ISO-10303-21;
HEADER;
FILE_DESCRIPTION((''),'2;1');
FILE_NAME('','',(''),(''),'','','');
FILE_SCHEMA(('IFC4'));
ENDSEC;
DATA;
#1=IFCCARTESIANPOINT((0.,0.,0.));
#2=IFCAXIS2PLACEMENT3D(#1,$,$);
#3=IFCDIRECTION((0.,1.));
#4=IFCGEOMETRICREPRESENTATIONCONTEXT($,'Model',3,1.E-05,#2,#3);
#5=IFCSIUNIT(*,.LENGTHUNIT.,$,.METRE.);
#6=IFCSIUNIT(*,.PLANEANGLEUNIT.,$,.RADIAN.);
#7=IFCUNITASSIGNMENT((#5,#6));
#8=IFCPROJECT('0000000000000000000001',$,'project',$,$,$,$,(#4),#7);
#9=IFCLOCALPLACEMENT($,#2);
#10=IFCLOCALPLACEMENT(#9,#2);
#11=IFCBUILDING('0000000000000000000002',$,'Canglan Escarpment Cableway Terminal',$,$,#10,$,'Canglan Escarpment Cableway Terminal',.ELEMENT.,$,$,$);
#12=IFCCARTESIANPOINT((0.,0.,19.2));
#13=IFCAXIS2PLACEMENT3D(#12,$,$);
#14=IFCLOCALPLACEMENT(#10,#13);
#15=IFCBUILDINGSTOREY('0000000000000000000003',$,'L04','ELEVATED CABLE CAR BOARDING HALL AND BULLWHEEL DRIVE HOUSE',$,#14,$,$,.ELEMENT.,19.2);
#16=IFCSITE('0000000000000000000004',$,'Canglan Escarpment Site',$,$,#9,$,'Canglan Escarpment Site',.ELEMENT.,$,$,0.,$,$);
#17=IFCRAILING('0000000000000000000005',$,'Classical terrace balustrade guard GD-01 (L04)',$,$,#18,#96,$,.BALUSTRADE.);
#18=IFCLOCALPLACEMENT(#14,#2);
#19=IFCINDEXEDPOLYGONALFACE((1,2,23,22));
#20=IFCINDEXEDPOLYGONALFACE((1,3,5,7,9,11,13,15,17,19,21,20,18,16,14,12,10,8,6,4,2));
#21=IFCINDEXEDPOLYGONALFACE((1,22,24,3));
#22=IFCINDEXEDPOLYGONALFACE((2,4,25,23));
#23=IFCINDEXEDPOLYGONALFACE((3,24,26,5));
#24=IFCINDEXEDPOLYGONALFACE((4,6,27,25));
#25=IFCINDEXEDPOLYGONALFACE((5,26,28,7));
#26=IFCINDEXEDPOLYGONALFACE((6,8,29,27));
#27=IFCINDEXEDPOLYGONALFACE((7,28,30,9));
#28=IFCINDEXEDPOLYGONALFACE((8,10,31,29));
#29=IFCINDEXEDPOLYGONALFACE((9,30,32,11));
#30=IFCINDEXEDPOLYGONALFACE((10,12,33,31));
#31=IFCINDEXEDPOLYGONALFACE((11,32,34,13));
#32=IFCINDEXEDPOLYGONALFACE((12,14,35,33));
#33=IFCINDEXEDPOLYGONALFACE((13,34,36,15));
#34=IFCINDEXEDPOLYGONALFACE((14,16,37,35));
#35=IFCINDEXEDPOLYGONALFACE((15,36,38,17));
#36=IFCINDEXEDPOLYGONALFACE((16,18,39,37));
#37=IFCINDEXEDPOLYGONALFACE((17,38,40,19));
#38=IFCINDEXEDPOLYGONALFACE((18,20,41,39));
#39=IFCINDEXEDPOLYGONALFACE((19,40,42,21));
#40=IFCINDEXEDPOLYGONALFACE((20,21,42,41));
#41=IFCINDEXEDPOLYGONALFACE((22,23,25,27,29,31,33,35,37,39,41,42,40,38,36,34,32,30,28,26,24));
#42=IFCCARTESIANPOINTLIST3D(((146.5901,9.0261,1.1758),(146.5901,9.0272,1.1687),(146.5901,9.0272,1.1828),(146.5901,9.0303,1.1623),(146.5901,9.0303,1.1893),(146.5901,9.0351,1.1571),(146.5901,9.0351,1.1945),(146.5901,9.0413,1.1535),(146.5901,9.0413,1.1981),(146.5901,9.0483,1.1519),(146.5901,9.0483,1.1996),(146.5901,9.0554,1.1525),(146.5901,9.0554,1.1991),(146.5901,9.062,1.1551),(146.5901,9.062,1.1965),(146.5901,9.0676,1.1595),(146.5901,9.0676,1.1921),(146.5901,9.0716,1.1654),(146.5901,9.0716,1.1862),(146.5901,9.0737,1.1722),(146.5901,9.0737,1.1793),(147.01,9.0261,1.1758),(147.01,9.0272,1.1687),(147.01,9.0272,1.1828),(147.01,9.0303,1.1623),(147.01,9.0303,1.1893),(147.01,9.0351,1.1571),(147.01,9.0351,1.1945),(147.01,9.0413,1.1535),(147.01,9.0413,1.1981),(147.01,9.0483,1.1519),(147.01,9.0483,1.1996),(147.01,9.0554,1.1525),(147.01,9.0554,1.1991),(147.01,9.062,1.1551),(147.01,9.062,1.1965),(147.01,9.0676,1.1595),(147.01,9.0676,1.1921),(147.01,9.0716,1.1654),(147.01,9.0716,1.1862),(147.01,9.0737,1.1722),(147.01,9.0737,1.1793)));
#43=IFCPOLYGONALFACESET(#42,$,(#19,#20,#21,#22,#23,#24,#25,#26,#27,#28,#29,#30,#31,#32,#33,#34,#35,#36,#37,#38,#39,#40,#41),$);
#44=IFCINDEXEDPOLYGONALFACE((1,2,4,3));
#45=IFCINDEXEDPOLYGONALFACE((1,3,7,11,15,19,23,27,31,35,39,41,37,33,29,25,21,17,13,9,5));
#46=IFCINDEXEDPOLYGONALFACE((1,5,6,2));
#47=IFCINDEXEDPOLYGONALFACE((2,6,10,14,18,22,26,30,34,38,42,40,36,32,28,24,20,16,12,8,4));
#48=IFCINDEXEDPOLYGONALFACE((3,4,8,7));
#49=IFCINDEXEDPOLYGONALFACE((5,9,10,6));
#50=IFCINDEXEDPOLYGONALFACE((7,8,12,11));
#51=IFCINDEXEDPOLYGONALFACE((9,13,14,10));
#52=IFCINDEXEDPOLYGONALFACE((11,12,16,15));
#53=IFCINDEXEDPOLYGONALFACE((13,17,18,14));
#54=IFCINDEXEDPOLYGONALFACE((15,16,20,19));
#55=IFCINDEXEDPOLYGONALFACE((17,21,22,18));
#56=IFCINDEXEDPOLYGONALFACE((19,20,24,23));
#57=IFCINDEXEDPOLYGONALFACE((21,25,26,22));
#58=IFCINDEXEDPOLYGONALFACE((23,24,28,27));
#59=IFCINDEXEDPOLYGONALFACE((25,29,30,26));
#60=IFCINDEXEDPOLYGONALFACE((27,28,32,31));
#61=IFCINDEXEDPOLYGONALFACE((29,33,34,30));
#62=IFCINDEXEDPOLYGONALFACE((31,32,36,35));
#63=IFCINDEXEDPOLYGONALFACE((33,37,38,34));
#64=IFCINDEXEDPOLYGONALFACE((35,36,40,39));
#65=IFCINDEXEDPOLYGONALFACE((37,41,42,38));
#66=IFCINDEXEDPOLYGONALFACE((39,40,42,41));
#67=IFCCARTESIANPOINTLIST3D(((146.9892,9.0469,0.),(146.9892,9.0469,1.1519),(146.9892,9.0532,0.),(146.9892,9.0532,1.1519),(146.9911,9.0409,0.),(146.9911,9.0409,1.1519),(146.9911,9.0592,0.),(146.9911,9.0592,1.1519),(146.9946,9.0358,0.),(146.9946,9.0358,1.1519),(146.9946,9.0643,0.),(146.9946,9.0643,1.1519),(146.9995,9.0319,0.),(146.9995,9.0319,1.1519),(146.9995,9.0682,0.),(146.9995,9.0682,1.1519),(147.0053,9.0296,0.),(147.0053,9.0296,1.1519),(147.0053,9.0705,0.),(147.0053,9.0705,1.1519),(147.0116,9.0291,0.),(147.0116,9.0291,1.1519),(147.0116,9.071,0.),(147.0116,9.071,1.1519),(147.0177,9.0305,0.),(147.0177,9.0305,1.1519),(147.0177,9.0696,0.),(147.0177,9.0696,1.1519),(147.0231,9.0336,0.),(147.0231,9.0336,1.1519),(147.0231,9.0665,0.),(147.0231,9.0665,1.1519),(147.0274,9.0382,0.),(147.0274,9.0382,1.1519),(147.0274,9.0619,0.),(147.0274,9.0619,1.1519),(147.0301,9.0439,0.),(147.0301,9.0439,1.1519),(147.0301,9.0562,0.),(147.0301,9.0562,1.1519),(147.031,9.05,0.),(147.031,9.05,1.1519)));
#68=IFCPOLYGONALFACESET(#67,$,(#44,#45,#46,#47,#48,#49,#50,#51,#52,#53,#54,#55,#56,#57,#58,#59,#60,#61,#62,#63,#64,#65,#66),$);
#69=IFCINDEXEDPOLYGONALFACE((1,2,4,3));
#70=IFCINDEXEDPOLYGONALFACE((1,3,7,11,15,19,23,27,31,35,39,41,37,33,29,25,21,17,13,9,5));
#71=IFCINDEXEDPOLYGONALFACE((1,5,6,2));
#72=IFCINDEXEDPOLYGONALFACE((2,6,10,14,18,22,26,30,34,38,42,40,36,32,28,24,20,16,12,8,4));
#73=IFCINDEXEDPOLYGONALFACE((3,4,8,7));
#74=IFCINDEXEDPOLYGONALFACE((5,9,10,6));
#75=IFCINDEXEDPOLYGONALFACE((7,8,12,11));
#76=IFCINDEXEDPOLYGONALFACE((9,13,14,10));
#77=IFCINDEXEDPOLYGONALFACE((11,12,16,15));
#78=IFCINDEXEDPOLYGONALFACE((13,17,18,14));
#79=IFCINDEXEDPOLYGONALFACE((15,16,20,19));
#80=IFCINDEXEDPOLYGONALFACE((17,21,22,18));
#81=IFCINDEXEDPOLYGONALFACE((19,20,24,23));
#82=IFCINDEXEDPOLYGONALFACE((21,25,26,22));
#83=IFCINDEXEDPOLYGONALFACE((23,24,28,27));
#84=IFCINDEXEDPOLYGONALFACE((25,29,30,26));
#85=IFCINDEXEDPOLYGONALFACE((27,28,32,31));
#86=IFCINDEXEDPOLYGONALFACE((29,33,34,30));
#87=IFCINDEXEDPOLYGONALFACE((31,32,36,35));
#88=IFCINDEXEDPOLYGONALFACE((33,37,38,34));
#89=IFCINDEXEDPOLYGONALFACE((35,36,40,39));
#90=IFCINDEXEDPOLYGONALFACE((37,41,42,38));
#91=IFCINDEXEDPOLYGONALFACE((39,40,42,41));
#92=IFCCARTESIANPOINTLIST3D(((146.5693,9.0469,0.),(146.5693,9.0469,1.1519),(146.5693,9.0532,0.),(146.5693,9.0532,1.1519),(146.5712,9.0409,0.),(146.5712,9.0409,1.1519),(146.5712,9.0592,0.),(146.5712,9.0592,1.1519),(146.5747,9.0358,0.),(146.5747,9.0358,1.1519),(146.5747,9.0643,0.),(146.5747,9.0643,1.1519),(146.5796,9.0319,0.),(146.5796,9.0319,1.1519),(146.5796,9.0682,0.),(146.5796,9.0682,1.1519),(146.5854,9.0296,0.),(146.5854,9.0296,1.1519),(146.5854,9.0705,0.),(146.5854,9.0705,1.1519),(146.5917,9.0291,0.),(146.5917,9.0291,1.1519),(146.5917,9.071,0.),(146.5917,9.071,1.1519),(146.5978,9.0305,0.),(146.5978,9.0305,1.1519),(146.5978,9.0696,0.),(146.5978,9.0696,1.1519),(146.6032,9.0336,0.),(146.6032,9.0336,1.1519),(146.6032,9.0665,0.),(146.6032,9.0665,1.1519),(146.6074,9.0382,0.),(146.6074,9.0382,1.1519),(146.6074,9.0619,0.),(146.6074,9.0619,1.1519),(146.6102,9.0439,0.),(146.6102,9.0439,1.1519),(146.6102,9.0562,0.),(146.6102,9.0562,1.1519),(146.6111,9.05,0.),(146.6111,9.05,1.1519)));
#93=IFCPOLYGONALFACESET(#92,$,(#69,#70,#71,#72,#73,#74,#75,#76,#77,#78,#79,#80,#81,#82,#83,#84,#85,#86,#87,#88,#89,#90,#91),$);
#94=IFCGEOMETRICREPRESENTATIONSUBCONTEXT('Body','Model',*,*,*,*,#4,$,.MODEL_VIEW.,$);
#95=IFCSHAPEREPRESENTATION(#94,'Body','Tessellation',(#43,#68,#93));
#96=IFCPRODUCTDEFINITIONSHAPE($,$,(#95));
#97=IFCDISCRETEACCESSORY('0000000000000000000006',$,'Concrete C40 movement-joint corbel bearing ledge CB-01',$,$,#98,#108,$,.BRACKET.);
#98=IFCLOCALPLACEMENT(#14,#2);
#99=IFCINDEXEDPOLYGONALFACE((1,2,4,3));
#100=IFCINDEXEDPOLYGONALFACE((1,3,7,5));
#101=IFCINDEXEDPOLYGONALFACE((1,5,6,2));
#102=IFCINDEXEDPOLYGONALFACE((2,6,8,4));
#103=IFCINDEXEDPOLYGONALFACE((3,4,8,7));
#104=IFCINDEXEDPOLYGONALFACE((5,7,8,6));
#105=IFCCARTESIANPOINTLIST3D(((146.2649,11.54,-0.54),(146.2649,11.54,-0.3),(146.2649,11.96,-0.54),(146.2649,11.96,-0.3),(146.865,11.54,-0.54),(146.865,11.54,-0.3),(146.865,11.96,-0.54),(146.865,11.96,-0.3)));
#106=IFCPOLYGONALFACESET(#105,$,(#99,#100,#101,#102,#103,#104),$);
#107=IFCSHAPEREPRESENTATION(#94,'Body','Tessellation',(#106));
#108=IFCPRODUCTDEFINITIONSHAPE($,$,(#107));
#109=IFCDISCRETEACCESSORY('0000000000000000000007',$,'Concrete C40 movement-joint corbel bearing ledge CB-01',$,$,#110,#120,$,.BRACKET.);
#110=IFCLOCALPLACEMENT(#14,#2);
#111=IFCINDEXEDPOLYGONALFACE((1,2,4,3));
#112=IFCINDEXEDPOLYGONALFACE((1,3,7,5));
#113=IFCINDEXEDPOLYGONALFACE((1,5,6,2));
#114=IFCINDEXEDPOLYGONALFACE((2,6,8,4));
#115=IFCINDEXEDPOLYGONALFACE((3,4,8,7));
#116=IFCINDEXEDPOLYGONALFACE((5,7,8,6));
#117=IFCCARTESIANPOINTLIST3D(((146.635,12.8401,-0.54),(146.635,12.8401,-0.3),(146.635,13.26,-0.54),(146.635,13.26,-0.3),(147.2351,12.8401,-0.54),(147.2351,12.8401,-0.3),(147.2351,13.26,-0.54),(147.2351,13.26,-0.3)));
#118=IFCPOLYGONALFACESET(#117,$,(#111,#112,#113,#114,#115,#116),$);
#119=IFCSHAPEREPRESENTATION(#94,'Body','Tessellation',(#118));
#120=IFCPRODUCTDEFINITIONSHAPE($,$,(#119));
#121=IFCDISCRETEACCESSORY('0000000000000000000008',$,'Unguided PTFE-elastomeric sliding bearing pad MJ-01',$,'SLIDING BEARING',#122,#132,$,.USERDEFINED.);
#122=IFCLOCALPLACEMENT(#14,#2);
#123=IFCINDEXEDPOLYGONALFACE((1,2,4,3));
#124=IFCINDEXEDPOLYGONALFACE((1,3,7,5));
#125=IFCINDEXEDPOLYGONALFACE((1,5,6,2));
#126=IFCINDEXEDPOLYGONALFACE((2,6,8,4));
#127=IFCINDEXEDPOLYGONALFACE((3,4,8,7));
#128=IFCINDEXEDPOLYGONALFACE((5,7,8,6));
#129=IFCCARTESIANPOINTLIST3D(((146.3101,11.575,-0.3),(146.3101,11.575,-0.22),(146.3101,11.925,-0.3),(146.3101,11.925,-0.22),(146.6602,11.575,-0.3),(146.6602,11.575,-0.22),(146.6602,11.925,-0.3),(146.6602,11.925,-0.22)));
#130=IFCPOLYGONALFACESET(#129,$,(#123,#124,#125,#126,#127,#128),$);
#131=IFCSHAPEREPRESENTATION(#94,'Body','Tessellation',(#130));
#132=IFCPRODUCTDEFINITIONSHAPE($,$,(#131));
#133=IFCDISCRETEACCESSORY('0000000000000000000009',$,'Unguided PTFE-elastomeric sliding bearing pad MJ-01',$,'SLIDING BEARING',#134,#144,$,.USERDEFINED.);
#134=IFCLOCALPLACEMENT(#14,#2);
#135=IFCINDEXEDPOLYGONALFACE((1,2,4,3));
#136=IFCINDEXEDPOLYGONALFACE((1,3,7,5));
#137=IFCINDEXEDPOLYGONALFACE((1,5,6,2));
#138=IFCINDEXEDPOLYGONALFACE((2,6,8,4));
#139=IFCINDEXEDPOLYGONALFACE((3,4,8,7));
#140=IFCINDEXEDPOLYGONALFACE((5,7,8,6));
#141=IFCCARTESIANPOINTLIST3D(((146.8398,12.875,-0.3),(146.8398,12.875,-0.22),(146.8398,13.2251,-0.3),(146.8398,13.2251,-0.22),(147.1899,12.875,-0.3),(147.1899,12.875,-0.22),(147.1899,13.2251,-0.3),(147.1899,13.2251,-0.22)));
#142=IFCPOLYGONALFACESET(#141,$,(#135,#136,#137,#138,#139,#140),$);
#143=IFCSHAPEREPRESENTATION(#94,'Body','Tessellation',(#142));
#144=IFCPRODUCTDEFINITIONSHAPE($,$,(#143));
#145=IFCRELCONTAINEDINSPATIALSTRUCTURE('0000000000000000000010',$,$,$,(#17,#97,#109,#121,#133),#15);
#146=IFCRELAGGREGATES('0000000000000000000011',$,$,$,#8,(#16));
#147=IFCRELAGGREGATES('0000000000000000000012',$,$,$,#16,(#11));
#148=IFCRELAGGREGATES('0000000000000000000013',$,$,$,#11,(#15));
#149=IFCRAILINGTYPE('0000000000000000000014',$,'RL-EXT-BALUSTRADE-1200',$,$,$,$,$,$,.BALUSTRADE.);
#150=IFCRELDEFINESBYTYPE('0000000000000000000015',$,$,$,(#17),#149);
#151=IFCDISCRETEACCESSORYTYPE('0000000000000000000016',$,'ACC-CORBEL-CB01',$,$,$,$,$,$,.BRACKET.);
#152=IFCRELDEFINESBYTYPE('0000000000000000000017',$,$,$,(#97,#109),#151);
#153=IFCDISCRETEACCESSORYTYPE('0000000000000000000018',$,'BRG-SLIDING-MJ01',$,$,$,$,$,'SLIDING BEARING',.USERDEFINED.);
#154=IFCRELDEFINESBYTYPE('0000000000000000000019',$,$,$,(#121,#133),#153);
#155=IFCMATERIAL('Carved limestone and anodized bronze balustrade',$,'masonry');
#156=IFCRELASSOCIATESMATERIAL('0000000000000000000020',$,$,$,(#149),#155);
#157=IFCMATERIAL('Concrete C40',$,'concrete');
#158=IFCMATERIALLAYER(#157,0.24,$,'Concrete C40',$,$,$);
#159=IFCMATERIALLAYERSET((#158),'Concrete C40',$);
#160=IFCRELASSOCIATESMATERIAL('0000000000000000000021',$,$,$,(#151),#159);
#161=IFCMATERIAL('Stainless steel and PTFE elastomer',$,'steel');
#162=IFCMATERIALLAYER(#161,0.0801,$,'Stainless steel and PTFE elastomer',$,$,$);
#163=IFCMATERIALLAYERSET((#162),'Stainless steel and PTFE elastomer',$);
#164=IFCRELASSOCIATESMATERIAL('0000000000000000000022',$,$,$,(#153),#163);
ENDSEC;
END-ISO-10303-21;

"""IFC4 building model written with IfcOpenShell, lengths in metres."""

from ifc_helpers import new_model, si_unit, direction, frame, origin, origin_2d, place, context, subcontext, project, spatial, rectangle, circle, extrude, material, layer, layer_set, type_object, element, save


model = new_model("IFC4")

# Units and contexts
model_context = context("Model", 3, precision=1e-05, world=origin(), true_north=direction((0.0, 1.0)))
body_context = subcontext(model_context, "Body", "Model", "MODEL_VIEW")
ifc_project = project(units=[si_unit("LENGTHUNIT", "METRE"), si_unit("PLANEANGLEUNIT", "RADIAN")], contexts=[model_context])

# Site, building, storey
site_placement = place(None, origin())
site = spatial("IfcSite", under=ifc_project, at=site_placement, Name="Canglan Escarpment Site", LongName="Canglan Escarpment Site", CompositionType="ELEMENT", RefElevation=0.0)
building_placement = place(site_placement, origin())
building = spatial("IfcBuilding", under=site, at=building_placement, Name="Canglan Escarpment Cableway Terminal", LongName="Canglan Escarpment Cableway Terminal", CompositionType="ELEMENT")
storey_placement = place(building_placement, frame((0.0, 0.0, 19.2)))
storey = spatial("IfcBuildingStorey", under=building, at=storey_placement, Name="L04", Description="ELEVATED CABLE CAR BOARDING HALL AND BULLWHEEL DRIVE HOUSE", CompositionType="ELEMENT", Elevation=19.2)

# Shared definitions
ifc_material_1 = material(Name="Concrete C40", Category="concrete")

# Railing
ifc_material_2 = material(Name="Carved limestone and anodized bronze balustrade", Category="masonry")
railing_type = type_object("IfcRailingType", Name="RL-EXT-BALUSTRADE-1200", PredefinedType="BALUSTRADE", material=ifc_material_2)
railing_placement = place(storey_placement, frame((147.01, 9.05, 0.0)))
element("IfcRailing", 1, at=railing_placement, inside=storey, type_object=railing_type, Name="Classical terrace balustrade guard GD-01 (L04)", PredefinedType="BALUSTRADE", context=body_context, shape_type="SweptSolid", body=[
    extrude(circle(Radius=0.0239, at=origin_2d()), frame((0.0, 0.0, 1.1758), z_axis=(-1.0, 0.0, 0.0), x_axis=(0.0, -1.0, 0.0)), (0.0, 0.0, 1.0), 0.4199),
    extrude(circle(Radius=0.021, at=origin_2d()), origin(), (0.0, 0.0, 1.0), 1.1519),
    extrude(circle(Radius=0.021, at=origin_2d()), frame((-0.4199, 0.0, 0.0)), (0.0, 0.0, 1.0), 1.1519),
])

# Discrete accessories
ifc_layer_1 = layer(ifc_material_1, 0.24, Name="Concrete C40")
ifc_layer_set_1 = layer_set([ifc_layer_1], Name="Concrete C40")
discrete_accessory_type_1 = type_object("IfcDiscreteAccessoryType", Name="ACC-CORBEL-CB01", PredefinedType="BRACKET", material=ifc_layer_set_1)
for number, where, z_axis, x_axis, name in (
    (2, (146.5649, 11.75, -0.54), (0.0, 0.0, 1.0), (1.0, 0.0, 0.0), "Concrete C40 movement-joint corbel bearing ledge CB-01"),
    (3, (146.9351, 13.05, -0.54), (0.0, 0.0, 1.0), (1.0, 0.0, 0.0), "Concrete C40 movement-joint corbel bearing ledge CB-01"),
):
    element("IfcDiscreteAccessory", number, at=place(storey_placement, frame(where, z_axis=z_axis, x_axis=x_axis)), inside=storey, type_object=discrete_accessory_type_1, Name=name, PredefinedType="BRACKET", context=body_context, shape_type="SweptSolid", body=[
        extrude(rectangle(XDim=0.6001, YDim=0.4199, at=origin_2d()), origin(), (0.0, 0.0, 1.0), 0.24),
    ])
ifc_material_3 = material(Name="Stainless steel and PTFE elastomer", Category="steel")
ifc_layer_2 = layer(ifc_material_3, 0.0801, Name="Stainless steel and PTFE elastomer")
ifc_layer_set_2 = layer_set([ifc_layer_2], Name="Stainless steel and PTFE elastomer")
discrete_accessory_type_2 = type_object("IfcDiscreteAccessoryType", Name="BRG-SLIDING-MJ01", ElementType="SLIDING BEARING", PredefinedType="USERDEFINED", material=ifc_layer_set_2)
for number, where, z_axis, x_axis, name in (
    (4, (146.4851, 11.75, -0.3), (0.0, 0.0, 1.0), (1.0, 0.0, 0.0), "Unguided PTFE-elastomeric sliding bearing pad MJ-01"),
    (5, (147.0149, 13.05, -0.3), (0.0, 0.0, 1.0), (1.0, 0.0, 0.0), "Unguided PTFE-elastomeric sliding bearing pad MJ-01"),
):
    element("IfcDiscreteAccessory", number, at=place(storey_placement, frame(where, z_axis=z_axis, x_axis=x_axis)), inside=storey, type_object=discrete_accessory_type_2, Name=name, ObjectType="SLIDING BEARING", PredefinedType="USERDEFINED", context=body_context, shape_type="SweptSolid", body=[
        extrude(rectangle(XDim=0.3501, YDim=0.3501, at=origin_2d()), origin(), (0.0, 0.0, 1.0), 0.0801),
    ])

save(model, "model.ifc")
